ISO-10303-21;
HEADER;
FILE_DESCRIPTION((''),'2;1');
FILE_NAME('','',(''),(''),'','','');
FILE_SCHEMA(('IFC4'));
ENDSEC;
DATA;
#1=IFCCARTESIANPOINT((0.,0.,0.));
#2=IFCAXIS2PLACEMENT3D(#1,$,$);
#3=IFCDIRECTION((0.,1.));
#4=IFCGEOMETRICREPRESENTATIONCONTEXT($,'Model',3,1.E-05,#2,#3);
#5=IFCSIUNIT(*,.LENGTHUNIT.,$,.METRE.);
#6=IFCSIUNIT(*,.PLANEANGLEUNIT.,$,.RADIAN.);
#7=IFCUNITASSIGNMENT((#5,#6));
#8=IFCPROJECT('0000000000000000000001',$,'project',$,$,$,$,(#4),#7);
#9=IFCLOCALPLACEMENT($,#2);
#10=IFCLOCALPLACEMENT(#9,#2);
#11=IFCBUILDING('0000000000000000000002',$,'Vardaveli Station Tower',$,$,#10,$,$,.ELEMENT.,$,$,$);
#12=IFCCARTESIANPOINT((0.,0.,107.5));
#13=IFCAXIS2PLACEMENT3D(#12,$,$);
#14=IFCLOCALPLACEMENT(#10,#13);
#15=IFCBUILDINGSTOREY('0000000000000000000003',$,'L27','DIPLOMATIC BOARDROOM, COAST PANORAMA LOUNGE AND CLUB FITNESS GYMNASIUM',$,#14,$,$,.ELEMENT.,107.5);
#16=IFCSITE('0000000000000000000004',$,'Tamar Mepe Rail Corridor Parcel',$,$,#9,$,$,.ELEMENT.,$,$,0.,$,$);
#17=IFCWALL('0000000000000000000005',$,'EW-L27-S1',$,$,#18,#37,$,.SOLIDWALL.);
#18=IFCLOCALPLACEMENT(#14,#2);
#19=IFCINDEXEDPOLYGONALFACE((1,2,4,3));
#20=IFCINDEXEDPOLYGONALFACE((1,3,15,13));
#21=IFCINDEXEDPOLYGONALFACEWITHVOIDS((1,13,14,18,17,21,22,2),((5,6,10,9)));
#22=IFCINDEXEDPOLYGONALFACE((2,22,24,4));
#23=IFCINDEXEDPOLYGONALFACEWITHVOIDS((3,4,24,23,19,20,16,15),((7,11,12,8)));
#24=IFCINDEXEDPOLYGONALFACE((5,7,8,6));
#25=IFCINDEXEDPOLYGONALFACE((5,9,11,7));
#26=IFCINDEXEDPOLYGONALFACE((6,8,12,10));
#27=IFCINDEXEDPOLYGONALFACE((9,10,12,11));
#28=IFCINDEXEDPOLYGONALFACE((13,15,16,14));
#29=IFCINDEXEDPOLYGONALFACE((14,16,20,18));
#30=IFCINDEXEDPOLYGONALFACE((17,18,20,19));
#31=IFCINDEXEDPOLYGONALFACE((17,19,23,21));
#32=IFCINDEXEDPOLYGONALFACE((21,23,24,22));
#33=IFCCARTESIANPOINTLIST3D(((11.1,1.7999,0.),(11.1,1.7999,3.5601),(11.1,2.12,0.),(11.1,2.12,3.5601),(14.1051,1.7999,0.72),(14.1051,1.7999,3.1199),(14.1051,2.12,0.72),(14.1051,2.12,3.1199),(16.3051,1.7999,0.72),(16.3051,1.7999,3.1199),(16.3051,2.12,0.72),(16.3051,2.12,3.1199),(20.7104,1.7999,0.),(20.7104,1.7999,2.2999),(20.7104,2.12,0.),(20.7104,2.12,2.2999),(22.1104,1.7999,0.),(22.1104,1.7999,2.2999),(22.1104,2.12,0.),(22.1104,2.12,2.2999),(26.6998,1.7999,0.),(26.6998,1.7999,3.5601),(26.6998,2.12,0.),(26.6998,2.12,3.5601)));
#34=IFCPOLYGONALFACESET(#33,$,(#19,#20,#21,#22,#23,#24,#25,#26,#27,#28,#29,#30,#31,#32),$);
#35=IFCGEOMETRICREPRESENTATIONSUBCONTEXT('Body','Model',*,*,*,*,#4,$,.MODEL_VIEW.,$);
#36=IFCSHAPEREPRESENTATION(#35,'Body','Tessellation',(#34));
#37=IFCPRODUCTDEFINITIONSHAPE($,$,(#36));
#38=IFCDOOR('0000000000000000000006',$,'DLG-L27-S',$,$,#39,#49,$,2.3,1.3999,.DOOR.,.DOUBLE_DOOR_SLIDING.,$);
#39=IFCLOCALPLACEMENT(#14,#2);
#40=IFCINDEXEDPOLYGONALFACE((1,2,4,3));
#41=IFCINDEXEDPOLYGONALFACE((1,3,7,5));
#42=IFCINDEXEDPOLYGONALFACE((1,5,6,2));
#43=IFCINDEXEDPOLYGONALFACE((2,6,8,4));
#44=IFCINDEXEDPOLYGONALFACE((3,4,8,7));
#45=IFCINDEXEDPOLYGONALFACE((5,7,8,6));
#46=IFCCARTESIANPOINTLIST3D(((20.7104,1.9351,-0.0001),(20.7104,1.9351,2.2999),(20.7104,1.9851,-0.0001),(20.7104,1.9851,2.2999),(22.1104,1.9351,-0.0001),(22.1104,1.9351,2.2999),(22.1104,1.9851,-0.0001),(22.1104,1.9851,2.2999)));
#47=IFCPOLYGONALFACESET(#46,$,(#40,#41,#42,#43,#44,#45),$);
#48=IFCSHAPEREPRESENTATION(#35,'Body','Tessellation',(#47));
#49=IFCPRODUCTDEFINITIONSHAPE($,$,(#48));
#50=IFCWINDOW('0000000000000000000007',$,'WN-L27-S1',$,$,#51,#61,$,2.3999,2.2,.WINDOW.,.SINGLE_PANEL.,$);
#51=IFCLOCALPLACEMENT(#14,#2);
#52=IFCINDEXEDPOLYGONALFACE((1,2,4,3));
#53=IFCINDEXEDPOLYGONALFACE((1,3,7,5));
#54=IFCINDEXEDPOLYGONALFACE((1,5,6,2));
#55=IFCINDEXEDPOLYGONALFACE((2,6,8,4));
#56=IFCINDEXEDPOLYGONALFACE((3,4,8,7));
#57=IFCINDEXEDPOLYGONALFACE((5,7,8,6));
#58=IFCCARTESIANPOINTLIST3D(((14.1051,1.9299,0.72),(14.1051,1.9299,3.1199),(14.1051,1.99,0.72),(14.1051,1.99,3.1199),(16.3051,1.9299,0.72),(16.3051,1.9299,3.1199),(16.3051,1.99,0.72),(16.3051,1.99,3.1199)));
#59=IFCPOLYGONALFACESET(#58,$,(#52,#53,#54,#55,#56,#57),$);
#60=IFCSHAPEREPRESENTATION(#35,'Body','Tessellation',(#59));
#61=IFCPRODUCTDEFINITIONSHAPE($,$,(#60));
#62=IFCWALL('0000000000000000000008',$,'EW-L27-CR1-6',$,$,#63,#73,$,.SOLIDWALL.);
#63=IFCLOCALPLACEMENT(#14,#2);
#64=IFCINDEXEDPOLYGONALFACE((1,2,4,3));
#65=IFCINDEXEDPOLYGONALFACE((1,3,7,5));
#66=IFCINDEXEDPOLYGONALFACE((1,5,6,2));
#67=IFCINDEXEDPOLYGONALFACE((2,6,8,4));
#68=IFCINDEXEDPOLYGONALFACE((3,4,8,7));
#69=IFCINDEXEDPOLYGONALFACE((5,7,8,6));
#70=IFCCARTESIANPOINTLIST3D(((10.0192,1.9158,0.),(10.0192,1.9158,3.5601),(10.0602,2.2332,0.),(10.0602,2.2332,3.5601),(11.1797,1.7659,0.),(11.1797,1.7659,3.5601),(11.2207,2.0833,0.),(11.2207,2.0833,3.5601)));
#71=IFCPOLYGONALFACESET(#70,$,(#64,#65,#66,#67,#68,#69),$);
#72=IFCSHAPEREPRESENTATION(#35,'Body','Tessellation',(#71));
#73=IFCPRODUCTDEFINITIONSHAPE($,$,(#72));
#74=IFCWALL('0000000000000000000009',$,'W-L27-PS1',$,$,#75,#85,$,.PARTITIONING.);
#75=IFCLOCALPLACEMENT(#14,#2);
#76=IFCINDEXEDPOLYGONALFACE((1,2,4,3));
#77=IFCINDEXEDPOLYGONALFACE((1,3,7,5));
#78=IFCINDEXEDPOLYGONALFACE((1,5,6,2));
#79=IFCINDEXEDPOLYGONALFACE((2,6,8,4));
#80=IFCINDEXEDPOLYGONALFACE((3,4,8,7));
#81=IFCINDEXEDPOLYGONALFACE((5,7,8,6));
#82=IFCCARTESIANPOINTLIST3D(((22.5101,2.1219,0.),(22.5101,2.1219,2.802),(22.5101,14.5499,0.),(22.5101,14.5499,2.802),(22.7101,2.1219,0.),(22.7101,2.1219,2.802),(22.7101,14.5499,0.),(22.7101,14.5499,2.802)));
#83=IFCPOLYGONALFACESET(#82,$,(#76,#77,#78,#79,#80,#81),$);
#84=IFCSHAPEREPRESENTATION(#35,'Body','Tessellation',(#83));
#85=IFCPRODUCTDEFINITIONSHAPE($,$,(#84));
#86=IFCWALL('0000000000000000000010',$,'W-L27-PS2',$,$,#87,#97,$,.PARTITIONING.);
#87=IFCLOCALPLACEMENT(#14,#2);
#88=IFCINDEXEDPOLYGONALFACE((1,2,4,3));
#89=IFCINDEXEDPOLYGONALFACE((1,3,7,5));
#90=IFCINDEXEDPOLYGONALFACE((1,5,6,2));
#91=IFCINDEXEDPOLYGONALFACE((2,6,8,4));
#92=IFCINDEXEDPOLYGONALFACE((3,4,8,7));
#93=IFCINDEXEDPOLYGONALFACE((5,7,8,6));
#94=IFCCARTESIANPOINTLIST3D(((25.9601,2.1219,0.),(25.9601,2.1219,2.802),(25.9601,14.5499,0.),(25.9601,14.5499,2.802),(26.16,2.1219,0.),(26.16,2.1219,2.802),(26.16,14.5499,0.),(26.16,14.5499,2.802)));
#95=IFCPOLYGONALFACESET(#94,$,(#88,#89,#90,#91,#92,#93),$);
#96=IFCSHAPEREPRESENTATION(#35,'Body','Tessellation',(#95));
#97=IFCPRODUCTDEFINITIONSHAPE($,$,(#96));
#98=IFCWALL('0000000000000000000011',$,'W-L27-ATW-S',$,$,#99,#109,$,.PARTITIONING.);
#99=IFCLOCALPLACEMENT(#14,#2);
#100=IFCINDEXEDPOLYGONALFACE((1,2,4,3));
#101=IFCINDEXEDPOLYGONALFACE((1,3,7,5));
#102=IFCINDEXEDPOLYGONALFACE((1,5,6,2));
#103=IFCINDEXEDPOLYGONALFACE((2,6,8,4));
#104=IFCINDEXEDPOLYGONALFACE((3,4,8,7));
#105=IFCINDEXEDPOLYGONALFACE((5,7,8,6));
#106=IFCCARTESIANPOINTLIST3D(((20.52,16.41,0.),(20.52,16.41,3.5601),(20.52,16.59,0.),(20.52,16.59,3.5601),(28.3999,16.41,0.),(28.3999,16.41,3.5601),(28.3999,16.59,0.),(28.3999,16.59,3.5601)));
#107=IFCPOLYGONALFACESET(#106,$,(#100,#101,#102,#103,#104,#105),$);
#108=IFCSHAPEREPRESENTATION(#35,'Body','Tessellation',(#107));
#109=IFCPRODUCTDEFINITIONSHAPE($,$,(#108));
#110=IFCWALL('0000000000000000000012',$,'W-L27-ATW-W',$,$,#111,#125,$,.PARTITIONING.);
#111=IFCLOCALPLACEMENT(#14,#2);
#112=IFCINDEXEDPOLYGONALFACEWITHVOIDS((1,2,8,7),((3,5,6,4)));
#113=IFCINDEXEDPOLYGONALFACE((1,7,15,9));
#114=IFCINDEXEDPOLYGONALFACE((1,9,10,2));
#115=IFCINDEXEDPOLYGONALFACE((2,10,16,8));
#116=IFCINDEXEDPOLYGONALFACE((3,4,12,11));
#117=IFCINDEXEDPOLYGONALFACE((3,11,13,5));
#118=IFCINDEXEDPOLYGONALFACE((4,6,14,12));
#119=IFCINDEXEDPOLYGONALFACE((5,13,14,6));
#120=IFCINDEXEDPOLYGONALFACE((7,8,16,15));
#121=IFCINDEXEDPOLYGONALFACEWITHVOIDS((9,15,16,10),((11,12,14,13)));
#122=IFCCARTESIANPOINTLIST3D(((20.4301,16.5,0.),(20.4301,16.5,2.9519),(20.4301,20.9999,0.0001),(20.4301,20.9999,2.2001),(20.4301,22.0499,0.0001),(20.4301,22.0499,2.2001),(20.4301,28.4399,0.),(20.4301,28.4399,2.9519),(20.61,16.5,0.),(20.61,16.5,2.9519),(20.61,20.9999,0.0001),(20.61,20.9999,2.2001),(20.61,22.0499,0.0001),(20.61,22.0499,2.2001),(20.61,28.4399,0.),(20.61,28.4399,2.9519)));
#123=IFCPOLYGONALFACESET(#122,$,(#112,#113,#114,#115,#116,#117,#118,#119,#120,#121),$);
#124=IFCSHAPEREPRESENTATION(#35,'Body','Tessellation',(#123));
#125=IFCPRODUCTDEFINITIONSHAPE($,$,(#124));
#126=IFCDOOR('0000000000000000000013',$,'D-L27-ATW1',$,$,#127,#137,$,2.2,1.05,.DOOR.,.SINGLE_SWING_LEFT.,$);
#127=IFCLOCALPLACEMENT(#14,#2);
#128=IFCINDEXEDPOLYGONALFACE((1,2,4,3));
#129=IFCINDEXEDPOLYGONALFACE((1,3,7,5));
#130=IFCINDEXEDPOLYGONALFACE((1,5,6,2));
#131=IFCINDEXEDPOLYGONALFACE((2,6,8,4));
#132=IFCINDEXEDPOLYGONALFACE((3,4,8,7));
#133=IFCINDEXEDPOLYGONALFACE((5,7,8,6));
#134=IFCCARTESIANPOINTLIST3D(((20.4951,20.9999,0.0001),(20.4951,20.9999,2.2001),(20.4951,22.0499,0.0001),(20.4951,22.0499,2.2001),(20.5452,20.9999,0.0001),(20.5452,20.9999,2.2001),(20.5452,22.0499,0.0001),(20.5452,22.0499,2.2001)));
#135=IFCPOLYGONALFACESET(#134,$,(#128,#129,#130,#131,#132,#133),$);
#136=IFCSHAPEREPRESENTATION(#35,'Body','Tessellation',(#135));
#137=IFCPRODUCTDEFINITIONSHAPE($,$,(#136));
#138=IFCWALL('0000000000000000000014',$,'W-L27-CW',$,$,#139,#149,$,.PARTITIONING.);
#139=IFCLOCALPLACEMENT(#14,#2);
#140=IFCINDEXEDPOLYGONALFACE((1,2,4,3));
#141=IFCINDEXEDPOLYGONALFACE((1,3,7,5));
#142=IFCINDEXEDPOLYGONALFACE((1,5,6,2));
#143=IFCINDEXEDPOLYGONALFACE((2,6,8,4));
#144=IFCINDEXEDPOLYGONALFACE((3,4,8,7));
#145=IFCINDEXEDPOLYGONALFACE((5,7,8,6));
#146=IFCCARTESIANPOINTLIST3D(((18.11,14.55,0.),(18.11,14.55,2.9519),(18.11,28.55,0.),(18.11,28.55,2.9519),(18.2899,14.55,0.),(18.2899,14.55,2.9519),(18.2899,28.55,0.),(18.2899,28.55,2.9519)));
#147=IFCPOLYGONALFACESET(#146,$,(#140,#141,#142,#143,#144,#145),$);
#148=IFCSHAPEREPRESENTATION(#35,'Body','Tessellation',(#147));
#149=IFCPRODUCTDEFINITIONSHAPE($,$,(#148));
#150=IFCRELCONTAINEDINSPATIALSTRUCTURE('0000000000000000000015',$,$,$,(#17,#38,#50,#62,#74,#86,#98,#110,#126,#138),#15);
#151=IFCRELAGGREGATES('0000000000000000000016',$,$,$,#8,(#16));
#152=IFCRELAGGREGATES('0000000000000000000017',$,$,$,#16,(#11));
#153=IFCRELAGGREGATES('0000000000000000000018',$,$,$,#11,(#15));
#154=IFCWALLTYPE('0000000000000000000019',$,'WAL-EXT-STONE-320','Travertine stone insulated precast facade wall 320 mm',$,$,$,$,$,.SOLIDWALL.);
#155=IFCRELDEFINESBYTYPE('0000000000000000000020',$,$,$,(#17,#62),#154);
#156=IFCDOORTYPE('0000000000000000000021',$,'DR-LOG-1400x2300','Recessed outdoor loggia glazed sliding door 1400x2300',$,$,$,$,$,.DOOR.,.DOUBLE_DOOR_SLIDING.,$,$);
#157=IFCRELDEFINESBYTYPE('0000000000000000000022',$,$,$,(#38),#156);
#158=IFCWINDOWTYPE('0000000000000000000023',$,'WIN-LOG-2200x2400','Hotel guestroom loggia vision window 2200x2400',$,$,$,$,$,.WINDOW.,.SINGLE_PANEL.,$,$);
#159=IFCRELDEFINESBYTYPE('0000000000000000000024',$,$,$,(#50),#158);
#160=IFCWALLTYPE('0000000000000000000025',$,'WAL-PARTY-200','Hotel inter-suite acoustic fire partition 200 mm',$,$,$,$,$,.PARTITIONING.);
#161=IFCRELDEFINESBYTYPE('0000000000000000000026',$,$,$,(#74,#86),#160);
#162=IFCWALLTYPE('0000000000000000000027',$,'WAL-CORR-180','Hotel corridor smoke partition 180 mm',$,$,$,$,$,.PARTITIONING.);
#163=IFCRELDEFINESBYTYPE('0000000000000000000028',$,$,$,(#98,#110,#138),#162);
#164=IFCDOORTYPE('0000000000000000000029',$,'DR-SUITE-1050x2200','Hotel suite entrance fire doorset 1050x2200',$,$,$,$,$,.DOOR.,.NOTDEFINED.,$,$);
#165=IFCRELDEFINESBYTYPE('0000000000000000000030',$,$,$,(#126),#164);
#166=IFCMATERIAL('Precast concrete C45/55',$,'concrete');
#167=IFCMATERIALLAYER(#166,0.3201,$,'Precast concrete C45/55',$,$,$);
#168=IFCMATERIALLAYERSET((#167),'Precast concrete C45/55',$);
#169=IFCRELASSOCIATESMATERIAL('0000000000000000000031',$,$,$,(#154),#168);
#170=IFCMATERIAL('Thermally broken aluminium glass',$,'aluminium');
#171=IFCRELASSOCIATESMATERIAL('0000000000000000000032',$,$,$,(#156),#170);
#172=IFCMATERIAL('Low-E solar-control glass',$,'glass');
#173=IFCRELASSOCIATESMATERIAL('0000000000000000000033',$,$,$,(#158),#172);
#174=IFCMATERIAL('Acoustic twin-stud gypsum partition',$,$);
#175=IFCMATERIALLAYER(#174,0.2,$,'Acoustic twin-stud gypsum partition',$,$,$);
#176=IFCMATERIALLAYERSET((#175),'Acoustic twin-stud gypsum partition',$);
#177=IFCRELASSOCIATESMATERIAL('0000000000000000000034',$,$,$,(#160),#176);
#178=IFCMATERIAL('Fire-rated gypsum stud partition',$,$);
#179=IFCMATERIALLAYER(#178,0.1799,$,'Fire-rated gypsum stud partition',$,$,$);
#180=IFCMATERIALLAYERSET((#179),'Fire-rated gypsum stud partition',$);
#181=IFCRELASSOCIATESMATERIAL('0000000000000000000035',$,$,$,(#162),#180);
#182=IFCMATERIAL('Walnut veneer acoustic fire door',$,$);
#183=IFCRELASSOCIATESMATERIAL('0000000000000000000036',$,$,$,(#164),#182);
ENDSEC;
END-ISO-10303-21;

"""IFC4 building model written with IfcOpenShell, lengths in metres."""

from ifc_helpers import new_model, si_unit, direction, frame, frame_2d, origin, place, context, subcontext, project, spatial, rectangle, extrude, source, transform, mapped, material, layer, layer_set, type_object, element, fill, save


model = new_model("IFC4")

# Units and contexts
model_context = context("Model", 3, precision=1e-05, world=origin(), true_north=direction((0.0, 1.0)))
body_context = subcontext(model_context, "Body", "Model", "MODEL_VIEW")
ifc_project = project(units=[si_unit("LENGTHUNIT", "METRE"), si_unit("PLANEANGLEUNIT", "RADIAN")], contexts=[model_context])

# Site, building, storey
site_placement = place(None, origin())
site = spatial("IfcSite", under=ifc_project, at=site_placement, Name="Tamar Mepe Rail Corridor Parcel", CompositionType="ELEMENT", RefElevation=0.0)
building_placement = place(site_placement, origin())
building = spatial("IfcBuilding", under=site, at=building_placement, Name="Vardaveli Station Tower", CompositionType="ELEMENT")
storey_placement = place(building_placement, frame((0.0, 0.0, 107.5)))
storey = spatial("IfcBuildingStorey", under=building, at=storey_placement, Name="L27", Description="DIPLOMATIC BOARDROOM, COAST PANORAMA LOUNGE AND CLUB FITNESS GYMNASIUM", CompositionType="ELEMENT", Elevation=107.5)

# Shared definitions
ifc_material_1 = material(Name="Precast concrete C45/55", Category="concrete")

# Wall, openings, door, window
ifc_layer_1 = layer(ifc_material_1, 0.3201, Name="Precast concrete C45/55")
ifc_layer_set_1 = layer_set([ifc_layer_1], Name="Precast concrete C45/55")
wall_type_1 = type_object("IfcWallType", Name="WAL-EXT-STONE-320", Description="Travertine stone insulated precast facade wall 320 mm", PredefinedType="SOLIDWALL", material=ifc_layer_set_1)
shared_shape_1 = source(origin(), body_context, "Body", "SweptSolid", [
    extrude(rectangle(XDim=15.5999, YDim=0.3201, at=frame_2d((7.7998, 0.0))), origin(), (0.0, 0.0, 1.0), 3.5601),
])
wall_1_placement = place(storey_placement, frame((11.1001, 1.96, 0.0), z_axis=(0.0, 0.0, 1.0), x_axis=(1.0, 0.0, 0.0)))
wall_1 = element("IfcWall", 1, at=wall_1_placement, inside=storey, type_object=wall_type_1, Name="EW-L27-S1", PredefinedType="SOLIDWALL", context=body_context, shape_type="MappedRepresentation", body=[
    mapped(shared_shape_1, transform((0.0, 0.0, 0.0), scale=1.0)),
])
shared_shape_2 = source(origin(), body_context, "Body", "SweptSolid", [
    extrude(rectangle(XDim=1.3999, YDim=2.3, at=frame_2d((0.7, 1.1499))), frame((0.0, 0.1699, 0.0), z_axis=(0.0, -1.0, 0.0), x_axis=(1.0, 0.0, 0.0)), (0.0, 0.0, 1.0), 0.3401),
])
opening_1_placement = place(wall_1_placement, frame((9.6104, 0.0, 0.0)))
opening_1 = element("IfcOpeningElement", 2, at=opening_1_placement, cuts=wall_1, PredefinedType="OPENING", context=body_context, shape_type="MappedRepresentation", body=[
    mapped(shared_shape_2, transform((0.0, 0.0, 0.0), scale=1.0)),
])
shared_shape_3 = source(origin(), body_context, "Body", "SweptSolid", [
    extrude(rectangle(XDim=2.2, YDim=2.3999, at=frame_2d((1.1001, 1.2))), frame((0.0, 0.1699, 0.0), z_axis=(0.0, -1.0, 0.0), x_axis=(1.0, 0.0, 0.0)), (0.0, 0.0, 1.0), 0.3401),
])
opening_2_placement = place(wall_1_placement, frame((3.0049, 0.0, 0.72)))
opening_2 = element("IfcOpeningElement", 3, at=opening_2_placement, cuts=wall_1, PredefinedType="OPENING", context=body_context, shape_type="MappedRepresentation", body=[
    mapped(shared_shape_3, transform((0.0, 0.0, 0.0), scale=1.0)),
])
ifc_material_2 = material(Name="Thermally broken aluminium glass", Category="aluminium")
door_type_1 = type_object("IfcDoorType", Name="DR-LOG-1400x2300", Description="Recessed outdoor loggia glazed sliding door 1400x2300", OperationType="DOUBLE_DOOR_SLIDING", PredefinedType="DOOR", material=ifc_material_2)
shared_shape_4 = source(origin(), body_context, "Body", "SweptSolid", [
    extrude(rectangle(XDim=1.3999, YDim=2.3, at=frame_2d((0.7, 1.1499))), frame((0.0, 0.0249, 0.0), z_axis=(0.0, -1.0, 0.0), x_axis=(1.0, 0.0, 0.0)), (0.0, 0.0, 1.0), 0.05),
])
door_1_placement = place(opening_1_placement, frame((1.3999, 0.0, 0.0), z_axis=(0.0, 0.0, 1.0), x_axis=(-1.0, 0.0, 0.0)))
door_1 = element("IfcDoor", 4, at=door_1_placement, inside=storey, type_object=door_type_1, Name="DLG-L27-S", OperationType="DOUBLE_DOOR_SLIDING", OverallHeight=2.3, OverallWidth=1.3999, PredefinedType="DOOR", context=body_context, shape_type="MappedRepresentation", body=[
    mapped(shared_shape_4, transform((0.0, 0.0, 0.0), scale=1.0)),
])
fill(opening_1, door_1)
ifc_material_3 = material(Name="Low-E solar-control glass", Category="glass")
window_type = type_object("IfcWindowType", Name="WIN-LOG-2200x2400", Description="Hotel guestroom loggia vision window 2200x2400", PartitioningType="SINGLE_PANEL", PredefinedType="WINDOW", material=ifc_material_3)
shared_shape_5 = source(origin(), body_context, "Body", "SweptSolid", [
    extrude(rectangle(XDim=2.2, YDim=2.3999, at=frame_2d((1.1001, 1.2))), frame((0.0, 0.03, 0.0), z_axis=(0.0, -1.0, 0.0), x_axis=(1.0, 0.0, 0.0)), (0.0, 0.0, 1.0), 0.0601),
])
window_placement = place(opening_2_placement, origin())
window = element("IfcWindow", 5, at=window_placement, inside=storey, type_object=window_type, Name="WN-L27-S1", OverallHeight=2.3999, OverallWidth=2.2, PartitioningType="SINGLE_PANEL", PredefinedType="WINDOW", context=body_context, shape_type="MappedRepresentation", body=[
    mapped(shared_shape_5, transform((0.0, 0.0, 0.0), scale=1.0)),
])
fill(opening_2, window)

# Walls
shared_shape_6 = source(origin(), body_context, "Body", "SweptSolid", [
    extrude(rectangle(XDim=1.1702, YDim=0.3201, at=frame_2d((0.585, 0.0))), origin(), (0.0, 0.0, 1.0), 3.5601),
])
wall_2_placement = place(storey_placement, frame((10.0398, 2.0745, 0.0), z_axis=(0.0, 0.0, 1.0), x_axis=(0.991762, -0.12809, 0.0)))
element("IfcWall", 6, at=wall_2_placement, inside=storey, type_object=wall_type_1, Name="EW-L27-CR1-6", PredefinedType="SOLIDWALL", context=body_context, shape_type="MappedRepresentation", body=[
    mapped(shared_shape_6, transform((0.0, 0.0, 0.0), scale=1.0)),
])
ifc_material_4 = material(Name="Acoustic twin-stud gypsum partition")
ifc_layer_2 = layer(ifc_material_4, 0.2, Name="Acoustic twin-stud gypsum partition")
ifc_layer_set_2 = layer_set([ifc_layer_2], Name="Acoustic twin-stud gypsum partition")
wall_type_2 = type_object("IfcWallType", Name="WAL-PARTY-200", Description="Hotel inter-suite acoustic fire partition 200 mm", PredefinedType="PARTITIONING", material=ifc_layer_set_2)
shared_shape_7 = source(origin(), body_context, "Body", "SweptSolid", [
    extrude(rectangle(XDim=12.428, YDim=0.2, at=frame_2d((6.2139, 0.0))), origin(), (0.0, 0.0, 1.0), 2.802),
])
for number, where, z_axis, x_axis, name in (
    (7, (22.6101, 2.1221, 0.0), (0.0, 0.0, 1.0), (0.0, 1.0, 0.0), "W-L27-PS1"),
    (8, (26.0601, 2.1221, 0.0), (0.0, 0.0, 1.0), (0.0, 1.0, 0.0), "W-L27-PS2"),
):
    element("IfcWall", number, at=place(storey_placement, frame(where, z_axis=z_axis, x_axis=x_axis)), inside=storey, type_object=wall_type_2, Name=name, PredefinedType="PARTITIONING", context=body_context, shape_type="MappedRepresentation", body=[
        mapped(shared_shape_7, transform((0.0, 0.0, 0.0), scale=1.0)),
    ])
ifc_material_5 = material(Name="Fire-rated gypsum stud partition")
ifc_layer_3 = layer(ifc_material_5, 0.1799, Name="Fire-rated gypsum stud partition")
ifc_layer_set_3 = layer_set([ifc_layer_3], Name="Fire-rated gypsum stud partition")
wall_type_3 = type_object("IfcWallType", Name="WAL-CORR-180", Description="Hotel corridor smoke partition 180 mm", PredefinedType="PARTITIONING", material=ifc_layer_set_3)
shared_shape_8 = source(origin(), body_context, "Body", "SweptSolid", [
    extrude(rectangle(XDim=7.8799, YDim=0.1799, at=frame_2d((3.9399, 0.0))), origin(), (0.0, 0.0, 1.0), 3.5601),
])
wall_3_placement = place(storey_placement, frame((20.52, 16.5, 0.0), z_axis=(0.0, 0.0, 1.0), x_axis=(1.0, 0.0, 0.0)))
element("IfcWall", 9, at=wall_3_placement, inside=storey, type_object=wall_type_3, Name="W-L27-ATW-S", PredefinedType="PARTITIONING", context=body_context, shape_type="MappedRepresentation", body=[
    mapped(shared_shape_8, transform((0.0, 0.0, 0.0), scale=1.0)),
])

# Wall, opening, door
shared_shape_9 = source(origin(), body_context, "Body", "SweptSolid", [
    extrude(rectangle(XDim=11.9399, YDim=0.1799, at=frame_2d((5.97, 0.0))), origin(), (0.0, 0.0, 1.0), 2.9519),
])
wall_4_placement = place(storey_placement, frame((20.52, 16.5, 0.0), z_axis=(0.0, 0.0, 1.0), x_axis=(0.0, 1.0, 0.0)))
wall_4 = element("IfcWall", 10, at=wall_4_placement, inside=storey, type_object=wall_type_3, Name="W-L27-ATW-W", PredefinedType="PARTITIONING", context=body_context, shape_type="MappedRepresentation", body=[
    mapped(shared_shape_9, transform((0.0, 0.0, 0.0), scale=1.0)),
])
shared_shape_10 = source(origin(), body_context, "Body", "SweptSolid", [
    extrude(rectangle(XDim=1.05, YDim=2.2, at=frame_2d((0.5249, 1.1001))), frame((0.0, 0.1001, 0.0), z_axis=(0.0, -1.0, 0.0), x_axis=(1.0, 0.0, 0.0)), (0.0, 0.0, 1.0), 0.2),
])
opening_3_placement = place(wall_4_placement, frame((4.5, 0.0, 0.0)))
opening_3 = element("IfcOpeningElement", 11, at=opening_3_placement, cuts=wall_4, PredefinedType="OPENING", context=body_context, shape_type="MappedRepresentation", body=[
    mapped(shared_shape_10, transform((0.0, 0.0, 0.0), scale=1.0)),
])
ifc_material_6 = material(Name="Walnut veneer acoustic fire door")
door_type_2 = type_object("IfcDoorType", Name="DR-SUITE-1050x2200", Description="Hotel suite entrance fire doorset 1050x2200", OperationType="NOTDEFINED", PredefinedType="DOOR", material=ifc_material_6)
shared_shape_11 = source(origin(), body_context, "Body", "SweptSolid", [
    extrude(rectangle(XDim=1.05, YDim=2.2, at=frame_2d((0.5249, 1.1001))), frame((0.0, 0.0249, 0.0), z_axis=(0.0, -1.0, 0.0), x_axis=(1.0, 0.0, 0.0)), (0.0, 0.0, 1.0), 0.05),
])
door_2_placement = place(opening_3_placement, origin())
door_2 = element("IfcDoor", 12, at=door_2_placement, inside=storey, type_object=door_type_2, Name="D-L27-ATW1", OperationType="SINGLE_SWING_LEFT", OverallHeight=2.2, OverallWidth=1.05, PredefinedType="DOOR", context=body_context, shape_type="MappedRepresentation", body=[
    mapped(shared_shape_11, transform((0.0, 0.0, 0.0), scale=1.0)),
])
fill(opening_3, door_2)

# Wall
shared_shape_12 = source(origin(), body_context, "Body", "SweptSolid", [
    extrude(rectangle(XDim=14.0, YDim=0.1799, at=frame_2d((7.0, 0.0))), origin(), (0.0, 0.0, 1.0), 2.9519),
])
wall_5_placement = place(storey_placement, frame((18.2, 14.55, 0.0), z_axis=(0.0, 0.0, 1.0), x_axis=(0.0, 1.0, 0.0)))
element("IfcWall", 13, at=wall_5_placement, inside=storey, type_object=wall_type_3, Name="W-L27-CW", PredefinedType="PARTITIONING", context=body_context, shape_type="MappedRepresentation", body=[
    mapped(shared_shape_12, transform((0.0, 0.0, 0.0), scale=1.0)),
])

save(model, "model.ifc")
